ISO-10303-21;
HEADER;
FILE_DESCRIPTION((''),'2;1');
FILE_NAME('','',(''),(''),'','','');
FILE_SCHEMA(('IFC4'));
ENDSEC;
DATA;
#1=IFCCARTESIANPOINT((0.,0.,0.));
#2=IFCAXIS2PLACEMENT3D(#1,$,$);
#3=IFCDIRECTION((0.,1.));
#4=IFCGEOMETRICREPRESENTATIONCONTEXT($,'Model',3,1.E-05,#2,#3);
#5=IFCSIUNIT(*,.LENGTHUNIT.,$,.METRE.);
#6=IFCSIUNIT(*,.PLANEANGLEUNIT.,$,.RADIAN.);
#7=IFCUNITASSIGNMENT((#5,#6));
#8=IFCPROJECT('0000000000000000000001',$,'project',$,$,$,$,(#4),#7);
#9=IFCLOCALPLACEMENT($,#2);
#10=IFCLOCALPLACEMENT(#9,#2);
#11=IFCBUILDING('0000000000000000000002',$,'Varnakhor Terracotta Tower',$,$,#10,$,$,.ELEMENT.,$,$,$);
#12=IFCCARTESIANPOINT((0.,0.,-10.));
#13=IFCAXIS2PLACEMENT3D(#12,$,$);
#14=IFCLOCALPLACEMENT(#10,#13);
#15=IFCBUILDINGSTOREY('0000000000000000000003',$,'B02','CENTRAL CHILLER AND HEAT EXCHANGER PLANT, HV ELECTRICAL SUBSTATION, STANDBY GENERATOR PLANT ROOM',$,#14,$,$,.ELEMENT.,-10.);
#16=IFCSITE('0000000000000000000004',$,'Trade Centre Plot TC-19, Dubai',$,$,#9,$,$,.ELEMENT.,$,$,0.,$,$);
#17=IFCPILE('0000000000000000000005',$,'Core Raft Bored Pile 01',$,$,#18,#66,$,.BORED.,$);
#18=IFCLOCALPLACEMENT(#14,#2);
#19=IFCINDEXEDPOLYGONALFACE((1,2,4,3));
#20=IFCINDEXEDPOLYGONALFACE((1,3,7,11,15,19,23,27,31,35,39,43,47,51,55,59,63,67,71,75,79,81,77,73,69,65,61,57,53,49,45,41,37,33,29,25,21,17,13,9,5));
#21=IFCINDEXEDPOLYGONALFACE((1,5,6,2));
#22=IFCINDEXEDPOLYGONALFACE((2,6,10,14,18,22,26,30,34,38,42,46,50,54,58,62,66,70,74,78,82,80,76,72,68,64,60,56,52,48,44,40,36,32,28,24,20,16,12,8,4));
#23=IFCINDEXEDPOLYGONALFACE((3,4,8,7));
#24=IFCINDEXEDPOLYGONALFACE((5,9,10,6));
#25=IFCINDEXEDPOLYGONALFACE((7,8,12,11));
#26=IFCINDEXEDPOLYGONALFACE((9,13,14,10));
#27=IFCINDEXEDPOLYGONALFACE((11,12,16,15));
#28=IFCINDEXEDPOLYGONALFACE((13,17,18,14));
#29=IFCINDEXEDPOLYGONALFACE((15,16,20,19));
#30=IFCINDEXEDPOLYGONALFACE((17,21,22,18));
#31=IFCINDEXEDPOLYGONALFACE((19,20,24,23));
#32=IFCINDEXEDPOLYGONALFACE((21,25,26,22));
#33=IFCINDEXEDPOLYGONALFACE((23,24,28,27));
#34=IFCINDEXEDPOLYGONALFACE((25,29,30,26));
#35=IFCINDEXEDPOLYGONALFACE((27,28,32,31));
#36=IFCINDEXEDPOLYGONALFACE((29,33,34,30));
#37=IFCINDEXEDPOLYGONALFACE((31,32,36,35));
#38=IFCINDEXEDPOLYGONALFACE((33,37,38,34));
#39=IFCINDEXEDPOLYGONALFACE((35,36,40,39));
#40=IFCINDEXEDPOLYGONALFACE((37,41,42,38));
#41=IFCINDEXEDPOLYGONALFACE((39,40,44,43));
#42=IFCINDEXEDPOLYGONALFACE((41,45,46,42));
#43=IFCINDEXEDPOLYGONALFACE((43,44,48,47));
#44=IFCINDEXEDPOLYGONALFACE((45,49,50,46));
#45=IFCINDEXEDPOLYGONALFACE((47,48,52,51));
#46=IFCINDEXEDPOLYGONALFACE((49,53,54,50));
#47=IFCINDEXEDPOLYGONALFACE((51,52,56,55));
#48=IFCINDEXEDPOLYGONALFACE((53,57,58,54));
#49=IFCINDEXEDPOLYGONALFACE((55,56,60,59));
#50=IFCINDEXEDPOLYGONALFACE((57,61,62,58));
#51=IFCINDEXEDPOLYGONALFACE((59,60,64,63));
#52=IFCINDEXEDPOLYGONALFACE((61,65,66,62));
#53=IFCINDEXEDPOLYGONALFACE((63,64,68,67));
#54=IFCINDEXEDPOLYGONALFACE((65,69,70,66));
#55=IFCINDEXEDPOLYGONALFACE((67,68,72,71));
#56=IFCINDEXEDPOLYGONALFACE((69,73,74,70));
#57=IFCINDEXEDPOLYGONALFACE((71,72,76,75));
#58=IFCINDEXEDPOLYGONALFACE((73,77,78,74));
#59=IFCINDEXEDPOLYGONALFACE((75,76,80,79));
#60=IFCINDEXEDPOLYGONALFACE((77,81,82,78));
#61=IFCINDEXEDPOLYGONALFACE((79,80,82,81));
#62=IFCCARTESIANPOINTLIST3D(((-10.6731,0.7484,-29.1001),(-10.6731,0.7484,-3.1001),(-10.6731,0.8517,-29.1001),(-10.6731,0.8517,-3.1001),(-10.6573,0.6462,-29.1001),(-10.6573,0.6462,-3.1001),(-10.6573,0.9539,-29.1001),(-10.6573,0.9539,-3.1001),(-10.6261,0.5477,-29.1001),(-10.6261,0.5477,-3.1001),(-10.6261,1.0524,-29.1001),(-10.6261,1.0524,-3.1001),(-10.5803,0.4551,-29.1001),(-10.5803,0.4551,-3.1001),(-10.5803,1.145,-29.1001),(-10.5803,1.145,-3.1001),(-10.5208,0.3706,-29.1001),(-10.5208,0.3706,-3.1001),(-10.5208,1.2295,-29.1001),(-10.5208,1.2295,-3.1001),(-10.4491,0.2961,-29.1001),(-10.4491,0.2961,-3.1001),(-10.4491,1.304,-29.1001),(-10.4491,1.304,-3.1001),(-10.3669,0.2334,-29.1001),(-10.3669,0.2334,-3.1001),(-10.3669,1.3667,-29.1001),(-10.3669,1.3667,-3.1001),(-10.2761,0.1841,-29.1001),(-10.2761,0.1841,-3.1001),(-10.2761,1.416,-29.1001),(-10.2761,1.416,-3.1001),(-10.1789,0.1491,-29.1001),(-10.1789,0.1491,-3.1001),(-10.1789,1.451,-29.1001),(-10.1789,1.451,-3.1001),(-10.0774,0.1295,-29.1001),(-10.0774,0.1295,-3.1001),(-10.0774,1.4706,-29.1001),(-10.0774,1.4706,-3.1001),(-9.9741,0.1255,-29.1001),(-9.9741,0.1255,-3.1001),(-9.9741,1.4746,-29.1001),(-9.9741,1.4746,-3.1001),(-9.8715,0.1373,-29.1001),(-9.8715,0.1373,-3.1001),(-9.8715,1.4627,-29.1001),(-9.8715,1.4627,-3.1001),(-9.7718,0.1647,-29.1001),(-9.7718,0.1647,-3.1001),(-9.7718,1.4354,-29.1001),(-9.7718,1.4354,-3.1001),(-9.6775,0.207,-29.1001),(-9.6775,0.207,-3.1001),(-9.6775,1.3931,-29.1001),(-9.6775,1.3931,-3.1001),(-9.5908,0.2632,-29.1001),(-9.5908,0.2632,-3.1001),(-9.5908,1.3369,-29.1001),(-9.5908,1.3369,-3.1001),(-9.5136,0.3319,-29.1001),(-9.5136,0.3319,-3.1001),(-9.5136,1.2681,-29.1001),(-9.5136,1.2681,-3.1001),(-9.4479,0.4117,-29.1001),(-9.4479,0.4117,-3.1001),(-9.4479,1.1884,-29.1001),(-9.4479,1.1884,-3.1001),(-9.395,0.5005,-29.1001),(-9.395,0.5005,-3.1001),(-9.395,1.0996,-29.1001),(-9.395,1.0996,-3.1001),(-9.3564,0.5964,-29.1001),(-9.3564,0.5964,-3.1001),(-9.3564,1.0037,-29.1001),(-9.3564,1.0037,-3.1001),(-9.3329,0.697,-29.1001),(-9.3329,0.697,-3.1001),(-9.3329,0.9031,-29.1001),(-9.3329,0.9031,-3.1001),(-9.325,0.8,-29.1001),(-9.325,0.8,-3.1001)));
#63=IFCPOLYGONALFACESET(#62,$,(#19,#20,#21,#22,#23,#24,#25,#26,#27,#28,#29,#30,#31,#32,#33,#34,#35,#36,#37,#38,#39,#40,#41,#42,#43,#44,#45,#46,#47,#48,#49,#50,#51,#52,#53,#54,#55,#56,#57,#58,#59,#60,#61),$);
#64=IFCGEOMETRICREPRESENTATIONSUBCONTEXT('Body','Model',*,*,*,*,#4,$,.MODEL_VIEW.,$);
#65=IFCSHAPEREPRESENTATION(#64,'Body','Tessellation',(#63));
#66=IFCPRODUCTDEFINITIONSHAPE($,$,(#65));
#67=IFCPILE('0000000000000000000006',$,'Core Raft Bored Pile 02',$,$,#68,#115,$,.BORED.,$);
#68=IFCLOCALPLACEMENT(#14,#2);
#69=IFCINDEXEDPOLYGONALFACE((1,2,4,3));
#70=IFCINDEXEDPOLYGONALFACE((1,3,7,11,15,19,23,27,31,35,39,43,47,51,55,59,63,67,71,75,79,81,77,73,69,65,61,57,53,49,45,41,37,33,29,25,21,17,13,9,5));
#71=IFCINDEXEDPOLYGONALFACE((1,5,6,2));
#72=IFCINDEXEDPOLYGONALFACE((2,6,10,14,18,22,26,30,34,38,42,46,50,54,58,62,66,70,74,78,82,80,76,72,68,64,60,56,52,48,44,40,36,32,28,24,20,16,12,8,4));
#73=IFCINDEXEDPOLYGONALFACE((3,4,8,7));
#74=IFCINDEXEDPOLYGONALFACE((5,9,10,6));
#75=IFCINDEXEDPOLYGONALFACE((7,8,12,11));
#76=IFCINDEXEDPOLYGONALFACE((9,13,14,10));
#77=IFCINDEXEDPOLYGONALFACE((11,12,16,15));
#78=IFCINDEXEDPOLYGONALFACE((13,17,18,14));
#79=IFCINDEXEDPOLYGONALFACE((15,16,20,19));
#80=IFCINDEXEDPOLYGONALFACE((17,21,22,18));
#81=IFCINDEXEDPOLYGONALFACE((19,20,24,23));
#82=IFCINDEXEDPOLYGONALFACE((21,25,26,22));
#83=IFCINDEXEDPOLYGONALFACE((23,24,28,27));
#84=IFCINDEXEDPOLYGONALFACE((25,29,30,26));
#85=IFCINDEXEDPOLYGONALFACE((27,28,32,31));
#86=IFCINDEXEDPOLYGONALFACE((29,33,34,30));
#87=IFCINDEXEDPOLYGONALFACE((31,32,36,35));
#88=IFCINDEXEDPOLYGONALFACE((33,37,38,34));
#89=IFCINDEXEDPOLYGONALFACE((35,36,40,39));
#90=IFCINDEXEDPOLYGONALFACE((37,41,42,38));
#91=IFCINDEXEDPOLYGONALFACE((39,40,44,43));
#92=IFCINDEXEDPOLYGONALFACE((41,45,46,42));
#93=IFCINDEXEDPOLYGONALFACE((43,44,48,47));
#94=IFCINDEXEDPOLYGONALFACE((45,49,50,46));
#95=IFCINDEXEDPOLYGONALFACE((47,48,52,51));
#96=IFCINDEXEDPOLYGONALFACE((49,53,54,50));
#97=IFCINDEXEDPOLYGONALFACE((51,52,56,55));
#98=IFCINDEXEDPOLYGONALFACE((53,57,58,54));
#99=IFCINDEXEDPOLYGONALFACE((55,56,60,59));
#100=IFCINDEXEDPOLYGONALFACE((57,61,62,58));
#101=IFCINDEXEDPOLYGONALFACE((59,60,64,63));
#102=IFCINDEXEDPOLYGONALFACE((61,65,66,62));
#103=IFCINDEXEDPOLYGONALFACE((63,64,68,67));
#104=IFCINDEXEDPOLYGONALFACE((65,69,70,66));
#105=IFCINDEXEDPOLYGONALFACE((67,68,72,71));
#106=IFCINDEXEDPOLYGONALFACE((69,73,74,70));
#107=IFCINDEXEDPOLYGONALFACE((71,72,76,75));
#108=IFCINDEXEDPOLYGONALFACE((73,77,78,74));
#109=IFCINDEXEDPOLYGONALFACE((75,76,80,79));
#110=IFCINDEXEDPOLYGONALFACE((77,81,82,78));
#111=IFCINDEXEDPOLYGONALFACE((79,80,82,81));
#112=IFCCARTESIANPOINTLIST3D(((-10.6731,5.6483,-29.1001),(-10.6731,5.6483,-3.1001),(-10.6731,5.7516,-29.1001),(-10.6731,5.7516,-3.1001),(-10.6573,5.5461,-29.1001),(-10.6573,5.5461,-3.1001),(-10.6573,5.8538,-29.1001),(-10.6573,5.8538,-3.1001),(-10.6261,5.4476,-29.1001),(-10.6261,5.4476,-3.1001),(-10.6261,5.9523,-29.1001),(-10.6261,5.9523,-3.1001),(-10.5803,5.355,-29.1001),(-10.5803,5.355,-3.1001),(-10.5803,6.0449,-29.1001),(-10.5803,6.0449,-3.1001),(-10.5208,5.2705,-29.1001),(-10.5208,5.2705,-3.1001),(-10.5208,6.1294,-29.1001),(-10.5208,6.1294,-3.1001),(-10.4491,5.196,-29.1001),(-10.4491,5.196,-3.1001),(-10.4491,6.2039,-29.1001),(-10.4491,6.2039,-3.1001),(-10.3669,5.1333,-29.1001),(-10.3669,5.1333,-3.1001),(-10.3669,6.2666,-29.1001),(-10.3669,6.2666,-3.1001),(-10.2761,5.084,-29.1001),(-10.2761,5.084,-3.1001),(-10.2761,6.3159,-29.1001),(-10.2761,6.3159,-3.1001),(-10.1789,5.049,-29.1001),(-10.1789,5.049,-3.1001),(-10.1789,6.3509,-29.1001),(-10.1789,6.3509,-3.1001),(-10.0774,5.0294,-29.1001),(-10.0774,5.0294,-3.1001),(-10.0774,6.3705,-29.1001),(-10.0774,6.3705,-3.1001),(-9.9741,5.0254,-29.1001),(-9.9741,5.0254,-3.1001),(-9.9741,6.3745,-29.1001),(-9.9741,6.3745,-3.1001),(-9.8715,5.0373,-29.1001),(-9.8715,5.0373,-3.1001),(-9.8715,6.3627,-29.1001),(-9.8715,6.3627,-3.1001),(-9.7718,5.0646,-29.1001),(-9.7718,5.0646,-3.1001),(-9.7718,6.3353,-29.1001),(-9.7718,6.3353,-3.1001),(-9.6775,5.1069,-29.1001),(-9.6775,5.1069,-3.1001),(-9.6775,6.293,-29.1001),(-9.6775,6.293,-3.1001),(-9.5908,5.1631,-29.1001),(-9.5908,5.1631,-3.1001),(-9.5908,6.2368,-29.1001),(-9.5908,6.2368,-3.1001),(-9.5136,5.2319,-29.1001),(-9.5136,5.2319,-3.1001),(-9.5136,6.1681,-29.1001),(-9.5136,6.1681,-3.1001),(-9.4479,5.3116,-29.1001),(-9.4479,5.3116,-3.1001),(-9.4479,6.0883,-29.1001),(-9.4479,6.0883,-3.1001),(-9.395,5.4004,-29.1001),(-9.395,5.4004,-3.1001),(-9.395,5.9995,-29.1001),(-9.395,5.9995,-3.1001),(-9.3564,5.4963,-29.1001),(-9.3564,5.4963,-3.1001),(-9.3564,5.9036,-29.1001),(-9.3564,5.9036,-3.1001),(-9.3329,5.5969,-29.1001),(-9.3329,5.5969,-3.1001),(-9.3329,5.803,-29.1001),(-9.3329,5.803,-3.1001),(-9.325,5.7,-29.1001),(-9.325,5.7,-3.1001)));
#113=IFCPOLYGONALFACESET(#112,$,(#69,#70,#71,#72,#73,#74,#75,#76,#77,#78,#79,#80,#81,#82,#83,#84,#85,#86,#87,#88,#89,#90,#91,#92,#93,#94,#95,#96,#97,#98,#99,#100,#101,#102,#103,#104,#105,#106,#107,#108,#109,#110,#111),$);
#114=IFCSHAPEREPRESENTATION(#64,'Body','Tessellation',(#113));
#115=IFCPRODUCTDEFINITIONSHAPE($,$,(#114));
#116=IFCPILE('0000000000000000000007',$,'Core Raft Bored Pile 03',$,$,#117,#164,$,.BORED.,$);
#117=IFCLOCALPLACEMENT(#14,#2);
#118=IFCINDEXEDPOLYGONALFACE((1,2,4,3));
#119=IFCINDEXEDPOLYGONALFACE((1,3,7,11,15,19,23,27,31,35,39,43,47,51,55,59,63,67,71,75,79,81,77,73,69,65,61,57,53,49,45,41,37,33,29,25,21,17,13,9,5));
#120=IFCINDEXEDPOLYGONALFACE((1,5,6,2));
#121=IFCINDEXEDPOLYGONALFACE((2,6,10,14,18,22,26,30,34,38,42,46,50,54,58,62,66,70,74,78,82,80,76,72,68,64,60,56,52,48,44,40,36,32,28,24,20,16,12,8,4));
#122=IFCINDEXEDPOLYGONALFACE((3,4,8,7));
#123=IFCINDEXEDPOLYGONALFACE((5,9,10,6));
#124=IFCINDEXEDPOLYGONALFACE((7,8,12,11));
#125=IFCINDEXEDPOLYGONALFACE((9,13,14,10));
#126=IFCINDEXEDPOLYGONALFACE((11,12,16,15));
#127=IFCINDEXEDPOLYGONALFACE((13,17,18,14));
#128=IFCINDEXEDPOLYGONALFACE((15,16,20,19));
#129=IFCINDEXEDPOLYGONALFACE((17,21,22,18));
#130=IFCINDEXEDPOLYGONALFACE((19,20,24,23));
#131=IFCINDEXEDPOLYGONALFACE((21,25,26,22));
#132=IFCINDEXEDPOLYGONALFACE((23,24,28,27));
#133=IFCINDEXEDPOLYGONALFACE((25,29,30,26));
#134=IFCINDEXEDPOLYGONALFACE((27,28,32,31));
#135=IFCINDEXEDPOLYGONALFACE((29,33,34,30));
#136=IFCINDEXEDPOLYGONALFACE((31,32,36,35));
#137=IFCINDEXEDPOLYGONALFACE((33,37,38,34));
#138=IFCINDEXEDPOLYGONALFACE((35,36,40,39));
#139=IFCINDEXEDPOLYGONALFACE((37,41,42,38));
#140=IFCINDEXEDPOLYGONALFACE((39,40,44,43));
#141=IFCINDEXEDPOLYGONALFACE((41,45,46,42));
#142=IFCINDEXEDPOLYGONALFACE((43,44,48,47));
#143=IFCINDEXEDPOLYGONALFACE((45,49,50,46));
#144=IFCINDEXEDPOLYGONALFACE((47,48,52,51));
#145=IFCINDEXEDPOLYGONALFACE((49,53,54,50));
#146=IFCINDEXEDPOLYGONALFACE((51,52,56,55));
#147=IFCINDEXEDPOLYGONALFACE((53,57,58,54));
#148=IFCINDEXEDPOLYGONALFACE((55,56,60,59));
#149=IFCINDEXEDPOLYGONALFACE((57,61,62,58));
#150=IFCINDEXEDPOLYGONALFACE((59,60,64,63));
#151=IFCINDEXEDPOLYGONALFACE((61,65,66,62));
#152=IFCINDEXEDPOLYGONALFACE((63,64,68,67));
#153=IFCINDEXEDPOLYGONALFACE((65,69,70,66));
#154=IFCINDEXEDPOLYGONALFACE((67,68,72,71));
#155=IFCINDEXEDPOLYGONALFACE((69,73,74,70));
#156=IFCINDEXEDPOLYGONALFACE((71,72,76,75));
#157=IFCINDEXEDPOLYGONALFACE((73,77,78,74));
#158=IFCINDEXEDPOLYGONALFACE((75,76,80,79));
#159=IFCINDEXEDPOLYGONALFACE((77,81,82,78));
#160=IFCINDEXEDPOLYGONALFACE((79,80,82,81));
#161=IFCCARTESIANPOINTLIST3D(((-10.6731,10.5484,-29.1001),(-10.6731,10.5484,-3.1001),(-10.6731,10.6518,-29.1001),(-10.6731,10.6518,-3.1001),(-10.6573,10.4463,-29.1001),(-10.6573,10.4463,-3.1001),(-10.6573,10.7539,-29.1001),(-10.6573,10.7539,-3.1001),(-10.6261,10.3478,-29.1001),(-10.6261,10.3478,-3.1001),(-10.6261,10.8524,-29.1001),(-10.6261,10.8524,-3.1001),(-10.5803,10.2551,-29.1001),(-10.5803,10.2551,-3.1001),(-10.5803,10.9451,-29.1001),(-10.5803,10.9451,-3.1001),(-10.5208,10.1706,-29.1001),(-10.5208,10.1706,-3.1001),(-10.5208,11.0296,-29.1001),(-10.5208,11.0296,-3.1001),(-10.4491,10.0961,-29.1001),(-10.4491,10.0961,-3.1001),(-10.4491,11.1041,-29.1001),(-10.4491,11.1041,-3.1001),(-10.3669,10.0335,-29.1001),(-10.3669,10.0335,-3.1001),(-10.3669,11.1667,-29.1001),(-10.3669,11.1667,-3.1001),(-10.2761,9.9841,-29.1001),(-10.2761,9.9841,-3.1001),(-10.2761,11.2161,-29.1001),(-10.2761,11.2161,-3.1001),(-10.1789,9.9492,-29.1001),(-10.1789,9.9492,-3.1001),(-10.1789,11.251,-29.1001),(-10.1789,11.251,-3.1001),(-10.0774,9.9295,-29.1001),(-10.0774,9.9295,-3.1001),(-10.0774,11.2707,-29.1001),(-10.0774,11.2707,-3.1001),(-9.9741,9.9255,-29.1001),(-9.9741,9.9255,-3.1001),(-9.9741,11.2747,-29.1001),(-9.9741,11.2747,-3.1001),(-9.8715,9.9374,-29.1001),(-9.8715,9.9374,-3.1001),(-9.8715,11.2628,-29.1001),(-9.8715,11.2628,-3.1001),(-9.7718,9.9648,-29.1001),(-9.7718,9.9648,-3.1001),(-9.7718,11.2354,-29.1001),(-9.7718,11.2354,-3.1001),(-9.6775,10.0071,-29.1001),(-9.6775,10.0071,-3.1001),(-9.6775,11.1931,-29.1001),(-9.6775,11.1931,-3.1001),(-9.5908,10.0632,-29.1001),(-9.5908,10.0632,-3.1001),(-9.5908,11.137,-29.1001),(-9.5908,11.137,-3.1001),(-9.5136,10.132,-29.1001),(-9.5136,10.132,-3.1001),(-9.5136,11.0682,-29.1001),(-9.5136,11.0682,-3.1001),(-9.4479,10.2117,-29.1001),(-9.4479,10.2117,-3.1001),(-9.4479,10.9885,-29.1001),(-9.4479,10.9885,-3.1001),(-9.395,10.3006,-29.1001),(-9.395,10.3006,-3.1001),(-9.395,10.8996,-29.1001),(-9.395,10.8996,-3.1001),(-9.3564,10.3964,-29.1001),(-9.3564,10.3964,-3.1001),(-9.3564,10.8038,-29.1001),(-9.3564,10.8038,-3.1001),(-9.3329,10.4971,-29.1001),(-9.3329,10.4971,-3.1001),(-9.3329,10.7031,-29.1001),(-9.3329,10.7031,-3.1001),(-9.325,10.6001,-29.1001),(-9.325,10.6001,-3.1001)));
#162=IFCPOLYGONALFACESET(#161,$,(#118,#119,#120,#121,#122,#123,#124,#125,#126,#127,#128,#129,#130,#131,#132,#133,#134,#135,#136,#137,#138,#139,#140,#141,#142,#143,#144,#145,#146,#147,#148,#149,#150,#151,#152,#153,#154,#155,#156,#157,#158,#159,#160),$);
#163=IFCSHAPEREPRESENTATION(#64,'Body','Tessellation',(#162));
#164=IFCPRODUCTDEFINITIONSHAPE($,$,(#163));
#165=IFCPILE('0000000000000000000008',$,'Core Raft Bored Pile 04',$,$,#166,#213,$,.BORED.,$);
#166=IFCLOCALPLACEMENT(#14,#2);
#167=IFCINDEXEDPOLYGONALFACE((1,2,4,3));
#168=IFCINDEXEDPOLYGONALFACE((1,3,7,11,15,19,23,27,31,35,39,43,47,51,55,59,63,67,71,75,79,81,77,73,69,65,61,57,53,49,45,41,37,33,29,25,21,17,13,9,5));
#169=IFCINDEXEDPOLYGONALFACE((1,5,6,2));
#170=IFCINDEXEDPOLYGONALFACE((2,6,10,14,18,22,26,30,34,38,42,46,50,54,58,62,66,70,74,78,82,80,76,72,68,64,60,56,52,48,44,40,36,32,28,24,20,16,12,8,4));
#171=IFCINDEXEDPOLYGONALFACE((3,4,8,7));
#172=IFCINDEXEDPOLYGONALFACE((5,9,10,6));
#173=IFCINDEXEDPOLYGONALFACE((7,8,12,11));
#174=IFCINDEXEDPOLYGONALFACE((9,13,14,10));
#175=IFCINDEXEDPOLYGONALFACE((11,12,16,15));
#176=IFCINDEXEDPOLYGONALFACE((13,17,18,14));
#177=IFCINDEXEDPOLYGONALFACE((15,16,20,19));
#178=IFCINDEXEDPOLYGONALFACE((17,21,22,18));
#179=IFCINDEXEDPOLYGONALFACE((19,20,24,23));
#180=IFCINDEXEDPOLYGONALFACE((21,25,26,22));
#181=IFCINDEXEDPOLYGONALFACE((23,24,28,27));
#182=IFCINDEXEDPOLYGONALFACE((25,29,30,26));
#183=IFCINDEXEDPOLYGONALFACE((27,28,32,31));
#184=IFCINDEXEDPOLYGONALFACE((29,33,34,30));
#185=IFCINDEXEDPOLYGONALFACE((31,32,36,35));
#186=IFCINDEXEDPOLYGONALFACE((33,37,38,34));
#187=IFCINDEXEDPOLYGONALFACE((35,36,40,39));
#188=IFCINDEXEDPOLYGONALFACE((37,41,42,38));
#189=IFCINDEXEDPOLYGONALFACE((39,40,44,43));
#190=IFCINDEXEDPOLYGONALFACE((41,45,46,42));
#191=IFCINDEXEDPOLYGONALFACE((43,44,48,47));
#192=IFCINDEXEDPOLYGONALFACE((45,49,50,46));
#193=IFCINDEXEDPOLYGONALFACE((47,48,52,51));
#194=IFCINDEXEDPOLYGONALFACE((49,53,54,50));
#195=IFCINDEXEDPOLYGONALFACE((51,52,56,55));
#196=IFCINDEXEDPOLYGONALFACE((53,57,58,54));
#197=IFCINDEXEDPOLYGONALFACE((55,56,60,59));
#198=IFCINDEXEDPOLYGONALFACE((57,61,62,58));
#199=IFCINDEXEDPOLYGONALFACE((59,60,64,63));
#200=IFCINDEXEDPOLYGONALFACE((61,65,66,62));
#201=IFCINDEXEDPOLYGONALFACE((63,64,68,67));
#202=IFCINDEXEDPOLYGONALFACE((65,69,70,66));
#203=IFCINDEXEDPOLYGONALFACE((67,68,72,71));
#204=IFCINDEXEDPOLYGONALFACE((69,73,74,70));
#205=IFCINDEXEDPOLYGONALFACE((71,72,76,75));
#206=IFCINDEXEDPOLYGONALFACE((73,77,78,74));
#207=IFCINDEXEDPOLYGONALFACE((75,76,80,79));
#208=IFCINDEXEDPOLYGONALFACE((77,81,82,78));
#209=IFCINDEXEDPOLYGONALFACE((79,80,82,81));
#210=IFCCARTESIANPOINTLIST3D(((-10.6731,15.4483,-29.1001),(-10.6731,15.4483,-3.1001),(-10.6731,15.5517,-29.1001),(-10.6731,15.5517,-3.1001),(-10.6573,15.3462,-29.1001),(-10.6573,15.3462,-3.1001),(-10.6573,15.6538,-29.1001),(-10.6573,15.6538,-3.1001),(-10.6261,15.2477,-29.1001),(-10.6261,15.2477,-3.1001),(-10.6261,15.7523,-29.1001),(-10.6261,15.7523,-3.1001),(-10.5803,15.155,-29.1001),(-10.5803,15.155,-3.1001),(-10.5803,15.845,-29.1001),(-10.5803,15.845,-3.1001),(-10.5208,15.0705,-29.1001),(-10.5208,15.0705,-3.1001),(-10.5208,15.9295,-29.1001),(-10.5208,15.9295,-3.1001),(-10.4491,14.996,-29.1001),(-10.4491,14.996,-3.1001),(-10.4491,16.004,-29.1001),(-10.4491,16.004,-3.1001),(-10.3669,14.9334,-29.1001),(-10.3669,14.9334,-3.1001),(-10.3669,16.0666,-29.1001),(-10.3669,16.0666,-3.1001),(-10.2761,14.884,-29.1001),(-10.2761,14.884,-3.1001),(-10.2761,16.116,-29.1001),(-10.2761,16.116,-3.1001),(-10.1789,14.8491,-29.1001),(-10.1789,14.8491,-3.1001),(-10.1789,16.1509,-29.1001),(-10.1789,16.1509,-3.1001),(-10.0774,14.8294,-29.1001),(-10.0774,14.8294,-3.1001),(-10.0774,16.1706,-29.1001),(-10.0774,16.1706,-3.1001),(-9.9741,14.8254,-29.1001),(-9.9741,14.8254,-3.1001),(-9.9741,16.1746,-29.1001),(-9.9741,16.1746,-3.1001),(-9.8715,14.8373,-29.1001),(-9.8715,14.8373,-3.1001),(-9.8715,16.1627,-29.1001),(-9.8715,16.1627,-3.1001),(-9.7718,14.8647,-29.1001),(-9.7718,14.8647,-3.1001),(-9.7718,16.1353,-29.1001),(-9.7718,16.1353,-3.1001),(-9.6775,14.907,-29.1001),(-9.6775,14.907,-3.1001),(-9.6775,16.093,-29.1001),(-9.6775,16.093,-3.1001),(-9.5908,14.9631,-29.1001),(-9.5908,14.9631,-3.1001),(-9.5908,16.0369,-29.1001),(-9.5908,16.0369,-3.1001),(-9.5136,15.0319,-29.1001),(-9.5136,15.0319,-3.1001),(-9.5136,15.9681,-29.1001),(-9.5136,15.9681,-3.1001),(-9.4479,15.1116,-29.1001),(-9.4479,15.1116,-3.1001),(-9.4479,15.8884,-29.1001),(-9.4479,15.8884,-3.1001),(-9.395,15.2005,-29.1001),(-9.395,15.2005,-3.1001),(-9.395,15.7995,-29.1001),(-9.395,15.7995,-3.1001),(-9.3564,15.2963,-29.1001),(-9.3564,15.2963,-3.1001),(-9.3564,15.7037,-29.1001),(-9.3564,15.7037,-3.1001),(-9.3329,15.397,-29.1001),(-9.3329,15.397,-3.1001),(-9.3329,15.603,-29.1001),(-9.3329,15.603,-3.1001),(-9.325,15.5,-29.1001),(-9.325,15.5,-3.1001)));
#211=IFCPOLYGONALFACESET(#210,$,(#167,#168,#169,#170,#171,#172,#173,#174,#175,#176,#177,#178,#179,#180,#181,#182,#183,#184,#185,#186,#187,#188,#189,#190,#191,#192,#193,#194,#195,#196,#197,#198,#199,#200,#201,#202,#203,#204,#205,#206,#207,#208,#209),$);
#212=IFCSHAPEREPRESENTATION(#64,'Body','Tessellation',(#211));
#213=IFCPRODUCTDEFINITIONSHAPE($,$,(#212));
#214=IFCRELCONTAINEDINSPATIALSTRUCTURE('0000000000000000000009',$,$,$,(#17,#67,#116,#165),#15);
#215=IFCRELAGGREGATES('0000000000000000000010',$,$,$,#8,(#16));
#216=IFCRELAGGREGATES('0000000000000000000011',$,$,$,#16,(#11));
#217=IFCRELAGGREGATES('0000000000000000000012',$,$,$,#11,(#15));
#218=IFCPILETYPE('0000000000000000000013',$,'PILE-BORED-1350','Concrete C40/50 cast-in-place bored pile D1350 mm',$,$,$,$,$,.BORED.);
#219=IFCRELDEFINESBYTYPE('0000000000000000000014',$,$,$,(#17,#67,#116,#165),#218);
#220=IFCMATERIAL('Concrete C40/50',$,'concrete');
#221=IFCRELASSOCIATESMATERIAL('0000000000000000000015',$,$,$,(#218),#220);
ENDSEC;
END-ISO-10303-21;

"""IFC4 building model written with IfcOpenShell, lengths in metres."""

from ifc_helpers import new_model, si_unit, direction, frame, origin, origin_2d, place, context, subcontext, project, spatial, circle, extrude, source, transform, mapped, material, material_profile, profile_set, type_object, type_shapes, element, save


model = new_model("IFC4")

# Units and contexts
model_context = context("Model", 3, precision=1e-05, world=origin(), true_north=direction((0.0, 1.0)))
body_context = subcontext(model_context, "Body", "Model", "MODEL_VIEW")
ifc_project = project(units=[si_unit("LENGTHUNIT", "METRE"), si_unit("PLANEANGLEUNIT", "RADIAN")], contexts=[model_context])

# Site, building, storey
site_placement = place(None, origin())
site = spatial("IfcSite", under=ifc_project, at=site_placement, Name="Trade Centre Plot TC-19, Dubai", CompositionType="ELEMENT", RefElevation=0.0)
building_placement = place(site_placement, origin())
building = spatial("IfcBuilding", under=site, at=building_placement, Name="Varnakhor Terracotta Tower", CompositionType="ELEMENT")
storey_placement = place(building_placement, frame((0.0, 0.0, -10.0)))
storey = spatial("IfcBuildingStorey", under=building, at=storey_placement, Name="B02", Description="CENTRAL CHILLER AND HEAT EXCHANGER PLANT, HV ELECTRICAL SUBSTATION, STANDBY GENERATOR PLANT ROOM", CompositionType="ELEMENT", Elevation=-10.0)

# Piles
ifc_material_1 = material(Name="Concrete C40/50", Category="concrete")
ifc_material_profile_1 = material_profile(ifc_material_1, circle(Radius=0.675, at=origin_2d()), Name="BORED PILE D1350")
ifc_profile_set_1 = profile_set([ifc_material_profile_1], Name="Concrete C40/50")
pile_type = type_object("IfcPileType", Name="PILE-BORED-1350", Description="Concrete C40/50 cast-in-place bored pile D1350 mm", PredefinedType="BORED", material=ifc_profile_set_1)
shared_shape_1 = source(origin(), body_context, "Body", "SweptSolid", [
    extrude(circle(Radius=0.675, at=origin_2d()), origin(), (0.0, 0.0, 1.0), 26.0),
])
type_shapes(pile_type, [shared_shape_1])
for number, where, z_axis, x_axis, name in (
    (1, (-10.0, 0.8, -3.1001), (0.0, 0.0, -1.0), (1.0, 0.0, 0.0), "Core Raft Bored Pile 01"),
    (2, (-10.0, 5.7, -3.1001), (0.0, 0.0, -1.0), (1.0, 0.0, 0.0), "Core Raft Bored Pile 02"),
    (3, (-10.0, 10.6001, -3.1001), (0.0, 0.0, -1.0), (1.0, 0.0, 0.0), "Core Raft Bored Pile 03"),
    (4, (-10.0, 15.5, -3.1001), (0.0, 0.0, -1.0), (1.0, 0.0, 0.0), "Core Raft Bored Pile 04"),
):
    element("IfcPile", number, at=place(storey_placement, frame(where, z_axis=z_axis, x_axis=x_axis)), inside=storey, type_object=pile_type, Name=name, PredefinedType="BORED", context=body_context, shape_type="MappedRepresentation", body=[
        mapped(shared_shape_1, transform((0.0, 0.0, 0.0), scale=1.0)),
    ])

save(model, "model.ifc")
